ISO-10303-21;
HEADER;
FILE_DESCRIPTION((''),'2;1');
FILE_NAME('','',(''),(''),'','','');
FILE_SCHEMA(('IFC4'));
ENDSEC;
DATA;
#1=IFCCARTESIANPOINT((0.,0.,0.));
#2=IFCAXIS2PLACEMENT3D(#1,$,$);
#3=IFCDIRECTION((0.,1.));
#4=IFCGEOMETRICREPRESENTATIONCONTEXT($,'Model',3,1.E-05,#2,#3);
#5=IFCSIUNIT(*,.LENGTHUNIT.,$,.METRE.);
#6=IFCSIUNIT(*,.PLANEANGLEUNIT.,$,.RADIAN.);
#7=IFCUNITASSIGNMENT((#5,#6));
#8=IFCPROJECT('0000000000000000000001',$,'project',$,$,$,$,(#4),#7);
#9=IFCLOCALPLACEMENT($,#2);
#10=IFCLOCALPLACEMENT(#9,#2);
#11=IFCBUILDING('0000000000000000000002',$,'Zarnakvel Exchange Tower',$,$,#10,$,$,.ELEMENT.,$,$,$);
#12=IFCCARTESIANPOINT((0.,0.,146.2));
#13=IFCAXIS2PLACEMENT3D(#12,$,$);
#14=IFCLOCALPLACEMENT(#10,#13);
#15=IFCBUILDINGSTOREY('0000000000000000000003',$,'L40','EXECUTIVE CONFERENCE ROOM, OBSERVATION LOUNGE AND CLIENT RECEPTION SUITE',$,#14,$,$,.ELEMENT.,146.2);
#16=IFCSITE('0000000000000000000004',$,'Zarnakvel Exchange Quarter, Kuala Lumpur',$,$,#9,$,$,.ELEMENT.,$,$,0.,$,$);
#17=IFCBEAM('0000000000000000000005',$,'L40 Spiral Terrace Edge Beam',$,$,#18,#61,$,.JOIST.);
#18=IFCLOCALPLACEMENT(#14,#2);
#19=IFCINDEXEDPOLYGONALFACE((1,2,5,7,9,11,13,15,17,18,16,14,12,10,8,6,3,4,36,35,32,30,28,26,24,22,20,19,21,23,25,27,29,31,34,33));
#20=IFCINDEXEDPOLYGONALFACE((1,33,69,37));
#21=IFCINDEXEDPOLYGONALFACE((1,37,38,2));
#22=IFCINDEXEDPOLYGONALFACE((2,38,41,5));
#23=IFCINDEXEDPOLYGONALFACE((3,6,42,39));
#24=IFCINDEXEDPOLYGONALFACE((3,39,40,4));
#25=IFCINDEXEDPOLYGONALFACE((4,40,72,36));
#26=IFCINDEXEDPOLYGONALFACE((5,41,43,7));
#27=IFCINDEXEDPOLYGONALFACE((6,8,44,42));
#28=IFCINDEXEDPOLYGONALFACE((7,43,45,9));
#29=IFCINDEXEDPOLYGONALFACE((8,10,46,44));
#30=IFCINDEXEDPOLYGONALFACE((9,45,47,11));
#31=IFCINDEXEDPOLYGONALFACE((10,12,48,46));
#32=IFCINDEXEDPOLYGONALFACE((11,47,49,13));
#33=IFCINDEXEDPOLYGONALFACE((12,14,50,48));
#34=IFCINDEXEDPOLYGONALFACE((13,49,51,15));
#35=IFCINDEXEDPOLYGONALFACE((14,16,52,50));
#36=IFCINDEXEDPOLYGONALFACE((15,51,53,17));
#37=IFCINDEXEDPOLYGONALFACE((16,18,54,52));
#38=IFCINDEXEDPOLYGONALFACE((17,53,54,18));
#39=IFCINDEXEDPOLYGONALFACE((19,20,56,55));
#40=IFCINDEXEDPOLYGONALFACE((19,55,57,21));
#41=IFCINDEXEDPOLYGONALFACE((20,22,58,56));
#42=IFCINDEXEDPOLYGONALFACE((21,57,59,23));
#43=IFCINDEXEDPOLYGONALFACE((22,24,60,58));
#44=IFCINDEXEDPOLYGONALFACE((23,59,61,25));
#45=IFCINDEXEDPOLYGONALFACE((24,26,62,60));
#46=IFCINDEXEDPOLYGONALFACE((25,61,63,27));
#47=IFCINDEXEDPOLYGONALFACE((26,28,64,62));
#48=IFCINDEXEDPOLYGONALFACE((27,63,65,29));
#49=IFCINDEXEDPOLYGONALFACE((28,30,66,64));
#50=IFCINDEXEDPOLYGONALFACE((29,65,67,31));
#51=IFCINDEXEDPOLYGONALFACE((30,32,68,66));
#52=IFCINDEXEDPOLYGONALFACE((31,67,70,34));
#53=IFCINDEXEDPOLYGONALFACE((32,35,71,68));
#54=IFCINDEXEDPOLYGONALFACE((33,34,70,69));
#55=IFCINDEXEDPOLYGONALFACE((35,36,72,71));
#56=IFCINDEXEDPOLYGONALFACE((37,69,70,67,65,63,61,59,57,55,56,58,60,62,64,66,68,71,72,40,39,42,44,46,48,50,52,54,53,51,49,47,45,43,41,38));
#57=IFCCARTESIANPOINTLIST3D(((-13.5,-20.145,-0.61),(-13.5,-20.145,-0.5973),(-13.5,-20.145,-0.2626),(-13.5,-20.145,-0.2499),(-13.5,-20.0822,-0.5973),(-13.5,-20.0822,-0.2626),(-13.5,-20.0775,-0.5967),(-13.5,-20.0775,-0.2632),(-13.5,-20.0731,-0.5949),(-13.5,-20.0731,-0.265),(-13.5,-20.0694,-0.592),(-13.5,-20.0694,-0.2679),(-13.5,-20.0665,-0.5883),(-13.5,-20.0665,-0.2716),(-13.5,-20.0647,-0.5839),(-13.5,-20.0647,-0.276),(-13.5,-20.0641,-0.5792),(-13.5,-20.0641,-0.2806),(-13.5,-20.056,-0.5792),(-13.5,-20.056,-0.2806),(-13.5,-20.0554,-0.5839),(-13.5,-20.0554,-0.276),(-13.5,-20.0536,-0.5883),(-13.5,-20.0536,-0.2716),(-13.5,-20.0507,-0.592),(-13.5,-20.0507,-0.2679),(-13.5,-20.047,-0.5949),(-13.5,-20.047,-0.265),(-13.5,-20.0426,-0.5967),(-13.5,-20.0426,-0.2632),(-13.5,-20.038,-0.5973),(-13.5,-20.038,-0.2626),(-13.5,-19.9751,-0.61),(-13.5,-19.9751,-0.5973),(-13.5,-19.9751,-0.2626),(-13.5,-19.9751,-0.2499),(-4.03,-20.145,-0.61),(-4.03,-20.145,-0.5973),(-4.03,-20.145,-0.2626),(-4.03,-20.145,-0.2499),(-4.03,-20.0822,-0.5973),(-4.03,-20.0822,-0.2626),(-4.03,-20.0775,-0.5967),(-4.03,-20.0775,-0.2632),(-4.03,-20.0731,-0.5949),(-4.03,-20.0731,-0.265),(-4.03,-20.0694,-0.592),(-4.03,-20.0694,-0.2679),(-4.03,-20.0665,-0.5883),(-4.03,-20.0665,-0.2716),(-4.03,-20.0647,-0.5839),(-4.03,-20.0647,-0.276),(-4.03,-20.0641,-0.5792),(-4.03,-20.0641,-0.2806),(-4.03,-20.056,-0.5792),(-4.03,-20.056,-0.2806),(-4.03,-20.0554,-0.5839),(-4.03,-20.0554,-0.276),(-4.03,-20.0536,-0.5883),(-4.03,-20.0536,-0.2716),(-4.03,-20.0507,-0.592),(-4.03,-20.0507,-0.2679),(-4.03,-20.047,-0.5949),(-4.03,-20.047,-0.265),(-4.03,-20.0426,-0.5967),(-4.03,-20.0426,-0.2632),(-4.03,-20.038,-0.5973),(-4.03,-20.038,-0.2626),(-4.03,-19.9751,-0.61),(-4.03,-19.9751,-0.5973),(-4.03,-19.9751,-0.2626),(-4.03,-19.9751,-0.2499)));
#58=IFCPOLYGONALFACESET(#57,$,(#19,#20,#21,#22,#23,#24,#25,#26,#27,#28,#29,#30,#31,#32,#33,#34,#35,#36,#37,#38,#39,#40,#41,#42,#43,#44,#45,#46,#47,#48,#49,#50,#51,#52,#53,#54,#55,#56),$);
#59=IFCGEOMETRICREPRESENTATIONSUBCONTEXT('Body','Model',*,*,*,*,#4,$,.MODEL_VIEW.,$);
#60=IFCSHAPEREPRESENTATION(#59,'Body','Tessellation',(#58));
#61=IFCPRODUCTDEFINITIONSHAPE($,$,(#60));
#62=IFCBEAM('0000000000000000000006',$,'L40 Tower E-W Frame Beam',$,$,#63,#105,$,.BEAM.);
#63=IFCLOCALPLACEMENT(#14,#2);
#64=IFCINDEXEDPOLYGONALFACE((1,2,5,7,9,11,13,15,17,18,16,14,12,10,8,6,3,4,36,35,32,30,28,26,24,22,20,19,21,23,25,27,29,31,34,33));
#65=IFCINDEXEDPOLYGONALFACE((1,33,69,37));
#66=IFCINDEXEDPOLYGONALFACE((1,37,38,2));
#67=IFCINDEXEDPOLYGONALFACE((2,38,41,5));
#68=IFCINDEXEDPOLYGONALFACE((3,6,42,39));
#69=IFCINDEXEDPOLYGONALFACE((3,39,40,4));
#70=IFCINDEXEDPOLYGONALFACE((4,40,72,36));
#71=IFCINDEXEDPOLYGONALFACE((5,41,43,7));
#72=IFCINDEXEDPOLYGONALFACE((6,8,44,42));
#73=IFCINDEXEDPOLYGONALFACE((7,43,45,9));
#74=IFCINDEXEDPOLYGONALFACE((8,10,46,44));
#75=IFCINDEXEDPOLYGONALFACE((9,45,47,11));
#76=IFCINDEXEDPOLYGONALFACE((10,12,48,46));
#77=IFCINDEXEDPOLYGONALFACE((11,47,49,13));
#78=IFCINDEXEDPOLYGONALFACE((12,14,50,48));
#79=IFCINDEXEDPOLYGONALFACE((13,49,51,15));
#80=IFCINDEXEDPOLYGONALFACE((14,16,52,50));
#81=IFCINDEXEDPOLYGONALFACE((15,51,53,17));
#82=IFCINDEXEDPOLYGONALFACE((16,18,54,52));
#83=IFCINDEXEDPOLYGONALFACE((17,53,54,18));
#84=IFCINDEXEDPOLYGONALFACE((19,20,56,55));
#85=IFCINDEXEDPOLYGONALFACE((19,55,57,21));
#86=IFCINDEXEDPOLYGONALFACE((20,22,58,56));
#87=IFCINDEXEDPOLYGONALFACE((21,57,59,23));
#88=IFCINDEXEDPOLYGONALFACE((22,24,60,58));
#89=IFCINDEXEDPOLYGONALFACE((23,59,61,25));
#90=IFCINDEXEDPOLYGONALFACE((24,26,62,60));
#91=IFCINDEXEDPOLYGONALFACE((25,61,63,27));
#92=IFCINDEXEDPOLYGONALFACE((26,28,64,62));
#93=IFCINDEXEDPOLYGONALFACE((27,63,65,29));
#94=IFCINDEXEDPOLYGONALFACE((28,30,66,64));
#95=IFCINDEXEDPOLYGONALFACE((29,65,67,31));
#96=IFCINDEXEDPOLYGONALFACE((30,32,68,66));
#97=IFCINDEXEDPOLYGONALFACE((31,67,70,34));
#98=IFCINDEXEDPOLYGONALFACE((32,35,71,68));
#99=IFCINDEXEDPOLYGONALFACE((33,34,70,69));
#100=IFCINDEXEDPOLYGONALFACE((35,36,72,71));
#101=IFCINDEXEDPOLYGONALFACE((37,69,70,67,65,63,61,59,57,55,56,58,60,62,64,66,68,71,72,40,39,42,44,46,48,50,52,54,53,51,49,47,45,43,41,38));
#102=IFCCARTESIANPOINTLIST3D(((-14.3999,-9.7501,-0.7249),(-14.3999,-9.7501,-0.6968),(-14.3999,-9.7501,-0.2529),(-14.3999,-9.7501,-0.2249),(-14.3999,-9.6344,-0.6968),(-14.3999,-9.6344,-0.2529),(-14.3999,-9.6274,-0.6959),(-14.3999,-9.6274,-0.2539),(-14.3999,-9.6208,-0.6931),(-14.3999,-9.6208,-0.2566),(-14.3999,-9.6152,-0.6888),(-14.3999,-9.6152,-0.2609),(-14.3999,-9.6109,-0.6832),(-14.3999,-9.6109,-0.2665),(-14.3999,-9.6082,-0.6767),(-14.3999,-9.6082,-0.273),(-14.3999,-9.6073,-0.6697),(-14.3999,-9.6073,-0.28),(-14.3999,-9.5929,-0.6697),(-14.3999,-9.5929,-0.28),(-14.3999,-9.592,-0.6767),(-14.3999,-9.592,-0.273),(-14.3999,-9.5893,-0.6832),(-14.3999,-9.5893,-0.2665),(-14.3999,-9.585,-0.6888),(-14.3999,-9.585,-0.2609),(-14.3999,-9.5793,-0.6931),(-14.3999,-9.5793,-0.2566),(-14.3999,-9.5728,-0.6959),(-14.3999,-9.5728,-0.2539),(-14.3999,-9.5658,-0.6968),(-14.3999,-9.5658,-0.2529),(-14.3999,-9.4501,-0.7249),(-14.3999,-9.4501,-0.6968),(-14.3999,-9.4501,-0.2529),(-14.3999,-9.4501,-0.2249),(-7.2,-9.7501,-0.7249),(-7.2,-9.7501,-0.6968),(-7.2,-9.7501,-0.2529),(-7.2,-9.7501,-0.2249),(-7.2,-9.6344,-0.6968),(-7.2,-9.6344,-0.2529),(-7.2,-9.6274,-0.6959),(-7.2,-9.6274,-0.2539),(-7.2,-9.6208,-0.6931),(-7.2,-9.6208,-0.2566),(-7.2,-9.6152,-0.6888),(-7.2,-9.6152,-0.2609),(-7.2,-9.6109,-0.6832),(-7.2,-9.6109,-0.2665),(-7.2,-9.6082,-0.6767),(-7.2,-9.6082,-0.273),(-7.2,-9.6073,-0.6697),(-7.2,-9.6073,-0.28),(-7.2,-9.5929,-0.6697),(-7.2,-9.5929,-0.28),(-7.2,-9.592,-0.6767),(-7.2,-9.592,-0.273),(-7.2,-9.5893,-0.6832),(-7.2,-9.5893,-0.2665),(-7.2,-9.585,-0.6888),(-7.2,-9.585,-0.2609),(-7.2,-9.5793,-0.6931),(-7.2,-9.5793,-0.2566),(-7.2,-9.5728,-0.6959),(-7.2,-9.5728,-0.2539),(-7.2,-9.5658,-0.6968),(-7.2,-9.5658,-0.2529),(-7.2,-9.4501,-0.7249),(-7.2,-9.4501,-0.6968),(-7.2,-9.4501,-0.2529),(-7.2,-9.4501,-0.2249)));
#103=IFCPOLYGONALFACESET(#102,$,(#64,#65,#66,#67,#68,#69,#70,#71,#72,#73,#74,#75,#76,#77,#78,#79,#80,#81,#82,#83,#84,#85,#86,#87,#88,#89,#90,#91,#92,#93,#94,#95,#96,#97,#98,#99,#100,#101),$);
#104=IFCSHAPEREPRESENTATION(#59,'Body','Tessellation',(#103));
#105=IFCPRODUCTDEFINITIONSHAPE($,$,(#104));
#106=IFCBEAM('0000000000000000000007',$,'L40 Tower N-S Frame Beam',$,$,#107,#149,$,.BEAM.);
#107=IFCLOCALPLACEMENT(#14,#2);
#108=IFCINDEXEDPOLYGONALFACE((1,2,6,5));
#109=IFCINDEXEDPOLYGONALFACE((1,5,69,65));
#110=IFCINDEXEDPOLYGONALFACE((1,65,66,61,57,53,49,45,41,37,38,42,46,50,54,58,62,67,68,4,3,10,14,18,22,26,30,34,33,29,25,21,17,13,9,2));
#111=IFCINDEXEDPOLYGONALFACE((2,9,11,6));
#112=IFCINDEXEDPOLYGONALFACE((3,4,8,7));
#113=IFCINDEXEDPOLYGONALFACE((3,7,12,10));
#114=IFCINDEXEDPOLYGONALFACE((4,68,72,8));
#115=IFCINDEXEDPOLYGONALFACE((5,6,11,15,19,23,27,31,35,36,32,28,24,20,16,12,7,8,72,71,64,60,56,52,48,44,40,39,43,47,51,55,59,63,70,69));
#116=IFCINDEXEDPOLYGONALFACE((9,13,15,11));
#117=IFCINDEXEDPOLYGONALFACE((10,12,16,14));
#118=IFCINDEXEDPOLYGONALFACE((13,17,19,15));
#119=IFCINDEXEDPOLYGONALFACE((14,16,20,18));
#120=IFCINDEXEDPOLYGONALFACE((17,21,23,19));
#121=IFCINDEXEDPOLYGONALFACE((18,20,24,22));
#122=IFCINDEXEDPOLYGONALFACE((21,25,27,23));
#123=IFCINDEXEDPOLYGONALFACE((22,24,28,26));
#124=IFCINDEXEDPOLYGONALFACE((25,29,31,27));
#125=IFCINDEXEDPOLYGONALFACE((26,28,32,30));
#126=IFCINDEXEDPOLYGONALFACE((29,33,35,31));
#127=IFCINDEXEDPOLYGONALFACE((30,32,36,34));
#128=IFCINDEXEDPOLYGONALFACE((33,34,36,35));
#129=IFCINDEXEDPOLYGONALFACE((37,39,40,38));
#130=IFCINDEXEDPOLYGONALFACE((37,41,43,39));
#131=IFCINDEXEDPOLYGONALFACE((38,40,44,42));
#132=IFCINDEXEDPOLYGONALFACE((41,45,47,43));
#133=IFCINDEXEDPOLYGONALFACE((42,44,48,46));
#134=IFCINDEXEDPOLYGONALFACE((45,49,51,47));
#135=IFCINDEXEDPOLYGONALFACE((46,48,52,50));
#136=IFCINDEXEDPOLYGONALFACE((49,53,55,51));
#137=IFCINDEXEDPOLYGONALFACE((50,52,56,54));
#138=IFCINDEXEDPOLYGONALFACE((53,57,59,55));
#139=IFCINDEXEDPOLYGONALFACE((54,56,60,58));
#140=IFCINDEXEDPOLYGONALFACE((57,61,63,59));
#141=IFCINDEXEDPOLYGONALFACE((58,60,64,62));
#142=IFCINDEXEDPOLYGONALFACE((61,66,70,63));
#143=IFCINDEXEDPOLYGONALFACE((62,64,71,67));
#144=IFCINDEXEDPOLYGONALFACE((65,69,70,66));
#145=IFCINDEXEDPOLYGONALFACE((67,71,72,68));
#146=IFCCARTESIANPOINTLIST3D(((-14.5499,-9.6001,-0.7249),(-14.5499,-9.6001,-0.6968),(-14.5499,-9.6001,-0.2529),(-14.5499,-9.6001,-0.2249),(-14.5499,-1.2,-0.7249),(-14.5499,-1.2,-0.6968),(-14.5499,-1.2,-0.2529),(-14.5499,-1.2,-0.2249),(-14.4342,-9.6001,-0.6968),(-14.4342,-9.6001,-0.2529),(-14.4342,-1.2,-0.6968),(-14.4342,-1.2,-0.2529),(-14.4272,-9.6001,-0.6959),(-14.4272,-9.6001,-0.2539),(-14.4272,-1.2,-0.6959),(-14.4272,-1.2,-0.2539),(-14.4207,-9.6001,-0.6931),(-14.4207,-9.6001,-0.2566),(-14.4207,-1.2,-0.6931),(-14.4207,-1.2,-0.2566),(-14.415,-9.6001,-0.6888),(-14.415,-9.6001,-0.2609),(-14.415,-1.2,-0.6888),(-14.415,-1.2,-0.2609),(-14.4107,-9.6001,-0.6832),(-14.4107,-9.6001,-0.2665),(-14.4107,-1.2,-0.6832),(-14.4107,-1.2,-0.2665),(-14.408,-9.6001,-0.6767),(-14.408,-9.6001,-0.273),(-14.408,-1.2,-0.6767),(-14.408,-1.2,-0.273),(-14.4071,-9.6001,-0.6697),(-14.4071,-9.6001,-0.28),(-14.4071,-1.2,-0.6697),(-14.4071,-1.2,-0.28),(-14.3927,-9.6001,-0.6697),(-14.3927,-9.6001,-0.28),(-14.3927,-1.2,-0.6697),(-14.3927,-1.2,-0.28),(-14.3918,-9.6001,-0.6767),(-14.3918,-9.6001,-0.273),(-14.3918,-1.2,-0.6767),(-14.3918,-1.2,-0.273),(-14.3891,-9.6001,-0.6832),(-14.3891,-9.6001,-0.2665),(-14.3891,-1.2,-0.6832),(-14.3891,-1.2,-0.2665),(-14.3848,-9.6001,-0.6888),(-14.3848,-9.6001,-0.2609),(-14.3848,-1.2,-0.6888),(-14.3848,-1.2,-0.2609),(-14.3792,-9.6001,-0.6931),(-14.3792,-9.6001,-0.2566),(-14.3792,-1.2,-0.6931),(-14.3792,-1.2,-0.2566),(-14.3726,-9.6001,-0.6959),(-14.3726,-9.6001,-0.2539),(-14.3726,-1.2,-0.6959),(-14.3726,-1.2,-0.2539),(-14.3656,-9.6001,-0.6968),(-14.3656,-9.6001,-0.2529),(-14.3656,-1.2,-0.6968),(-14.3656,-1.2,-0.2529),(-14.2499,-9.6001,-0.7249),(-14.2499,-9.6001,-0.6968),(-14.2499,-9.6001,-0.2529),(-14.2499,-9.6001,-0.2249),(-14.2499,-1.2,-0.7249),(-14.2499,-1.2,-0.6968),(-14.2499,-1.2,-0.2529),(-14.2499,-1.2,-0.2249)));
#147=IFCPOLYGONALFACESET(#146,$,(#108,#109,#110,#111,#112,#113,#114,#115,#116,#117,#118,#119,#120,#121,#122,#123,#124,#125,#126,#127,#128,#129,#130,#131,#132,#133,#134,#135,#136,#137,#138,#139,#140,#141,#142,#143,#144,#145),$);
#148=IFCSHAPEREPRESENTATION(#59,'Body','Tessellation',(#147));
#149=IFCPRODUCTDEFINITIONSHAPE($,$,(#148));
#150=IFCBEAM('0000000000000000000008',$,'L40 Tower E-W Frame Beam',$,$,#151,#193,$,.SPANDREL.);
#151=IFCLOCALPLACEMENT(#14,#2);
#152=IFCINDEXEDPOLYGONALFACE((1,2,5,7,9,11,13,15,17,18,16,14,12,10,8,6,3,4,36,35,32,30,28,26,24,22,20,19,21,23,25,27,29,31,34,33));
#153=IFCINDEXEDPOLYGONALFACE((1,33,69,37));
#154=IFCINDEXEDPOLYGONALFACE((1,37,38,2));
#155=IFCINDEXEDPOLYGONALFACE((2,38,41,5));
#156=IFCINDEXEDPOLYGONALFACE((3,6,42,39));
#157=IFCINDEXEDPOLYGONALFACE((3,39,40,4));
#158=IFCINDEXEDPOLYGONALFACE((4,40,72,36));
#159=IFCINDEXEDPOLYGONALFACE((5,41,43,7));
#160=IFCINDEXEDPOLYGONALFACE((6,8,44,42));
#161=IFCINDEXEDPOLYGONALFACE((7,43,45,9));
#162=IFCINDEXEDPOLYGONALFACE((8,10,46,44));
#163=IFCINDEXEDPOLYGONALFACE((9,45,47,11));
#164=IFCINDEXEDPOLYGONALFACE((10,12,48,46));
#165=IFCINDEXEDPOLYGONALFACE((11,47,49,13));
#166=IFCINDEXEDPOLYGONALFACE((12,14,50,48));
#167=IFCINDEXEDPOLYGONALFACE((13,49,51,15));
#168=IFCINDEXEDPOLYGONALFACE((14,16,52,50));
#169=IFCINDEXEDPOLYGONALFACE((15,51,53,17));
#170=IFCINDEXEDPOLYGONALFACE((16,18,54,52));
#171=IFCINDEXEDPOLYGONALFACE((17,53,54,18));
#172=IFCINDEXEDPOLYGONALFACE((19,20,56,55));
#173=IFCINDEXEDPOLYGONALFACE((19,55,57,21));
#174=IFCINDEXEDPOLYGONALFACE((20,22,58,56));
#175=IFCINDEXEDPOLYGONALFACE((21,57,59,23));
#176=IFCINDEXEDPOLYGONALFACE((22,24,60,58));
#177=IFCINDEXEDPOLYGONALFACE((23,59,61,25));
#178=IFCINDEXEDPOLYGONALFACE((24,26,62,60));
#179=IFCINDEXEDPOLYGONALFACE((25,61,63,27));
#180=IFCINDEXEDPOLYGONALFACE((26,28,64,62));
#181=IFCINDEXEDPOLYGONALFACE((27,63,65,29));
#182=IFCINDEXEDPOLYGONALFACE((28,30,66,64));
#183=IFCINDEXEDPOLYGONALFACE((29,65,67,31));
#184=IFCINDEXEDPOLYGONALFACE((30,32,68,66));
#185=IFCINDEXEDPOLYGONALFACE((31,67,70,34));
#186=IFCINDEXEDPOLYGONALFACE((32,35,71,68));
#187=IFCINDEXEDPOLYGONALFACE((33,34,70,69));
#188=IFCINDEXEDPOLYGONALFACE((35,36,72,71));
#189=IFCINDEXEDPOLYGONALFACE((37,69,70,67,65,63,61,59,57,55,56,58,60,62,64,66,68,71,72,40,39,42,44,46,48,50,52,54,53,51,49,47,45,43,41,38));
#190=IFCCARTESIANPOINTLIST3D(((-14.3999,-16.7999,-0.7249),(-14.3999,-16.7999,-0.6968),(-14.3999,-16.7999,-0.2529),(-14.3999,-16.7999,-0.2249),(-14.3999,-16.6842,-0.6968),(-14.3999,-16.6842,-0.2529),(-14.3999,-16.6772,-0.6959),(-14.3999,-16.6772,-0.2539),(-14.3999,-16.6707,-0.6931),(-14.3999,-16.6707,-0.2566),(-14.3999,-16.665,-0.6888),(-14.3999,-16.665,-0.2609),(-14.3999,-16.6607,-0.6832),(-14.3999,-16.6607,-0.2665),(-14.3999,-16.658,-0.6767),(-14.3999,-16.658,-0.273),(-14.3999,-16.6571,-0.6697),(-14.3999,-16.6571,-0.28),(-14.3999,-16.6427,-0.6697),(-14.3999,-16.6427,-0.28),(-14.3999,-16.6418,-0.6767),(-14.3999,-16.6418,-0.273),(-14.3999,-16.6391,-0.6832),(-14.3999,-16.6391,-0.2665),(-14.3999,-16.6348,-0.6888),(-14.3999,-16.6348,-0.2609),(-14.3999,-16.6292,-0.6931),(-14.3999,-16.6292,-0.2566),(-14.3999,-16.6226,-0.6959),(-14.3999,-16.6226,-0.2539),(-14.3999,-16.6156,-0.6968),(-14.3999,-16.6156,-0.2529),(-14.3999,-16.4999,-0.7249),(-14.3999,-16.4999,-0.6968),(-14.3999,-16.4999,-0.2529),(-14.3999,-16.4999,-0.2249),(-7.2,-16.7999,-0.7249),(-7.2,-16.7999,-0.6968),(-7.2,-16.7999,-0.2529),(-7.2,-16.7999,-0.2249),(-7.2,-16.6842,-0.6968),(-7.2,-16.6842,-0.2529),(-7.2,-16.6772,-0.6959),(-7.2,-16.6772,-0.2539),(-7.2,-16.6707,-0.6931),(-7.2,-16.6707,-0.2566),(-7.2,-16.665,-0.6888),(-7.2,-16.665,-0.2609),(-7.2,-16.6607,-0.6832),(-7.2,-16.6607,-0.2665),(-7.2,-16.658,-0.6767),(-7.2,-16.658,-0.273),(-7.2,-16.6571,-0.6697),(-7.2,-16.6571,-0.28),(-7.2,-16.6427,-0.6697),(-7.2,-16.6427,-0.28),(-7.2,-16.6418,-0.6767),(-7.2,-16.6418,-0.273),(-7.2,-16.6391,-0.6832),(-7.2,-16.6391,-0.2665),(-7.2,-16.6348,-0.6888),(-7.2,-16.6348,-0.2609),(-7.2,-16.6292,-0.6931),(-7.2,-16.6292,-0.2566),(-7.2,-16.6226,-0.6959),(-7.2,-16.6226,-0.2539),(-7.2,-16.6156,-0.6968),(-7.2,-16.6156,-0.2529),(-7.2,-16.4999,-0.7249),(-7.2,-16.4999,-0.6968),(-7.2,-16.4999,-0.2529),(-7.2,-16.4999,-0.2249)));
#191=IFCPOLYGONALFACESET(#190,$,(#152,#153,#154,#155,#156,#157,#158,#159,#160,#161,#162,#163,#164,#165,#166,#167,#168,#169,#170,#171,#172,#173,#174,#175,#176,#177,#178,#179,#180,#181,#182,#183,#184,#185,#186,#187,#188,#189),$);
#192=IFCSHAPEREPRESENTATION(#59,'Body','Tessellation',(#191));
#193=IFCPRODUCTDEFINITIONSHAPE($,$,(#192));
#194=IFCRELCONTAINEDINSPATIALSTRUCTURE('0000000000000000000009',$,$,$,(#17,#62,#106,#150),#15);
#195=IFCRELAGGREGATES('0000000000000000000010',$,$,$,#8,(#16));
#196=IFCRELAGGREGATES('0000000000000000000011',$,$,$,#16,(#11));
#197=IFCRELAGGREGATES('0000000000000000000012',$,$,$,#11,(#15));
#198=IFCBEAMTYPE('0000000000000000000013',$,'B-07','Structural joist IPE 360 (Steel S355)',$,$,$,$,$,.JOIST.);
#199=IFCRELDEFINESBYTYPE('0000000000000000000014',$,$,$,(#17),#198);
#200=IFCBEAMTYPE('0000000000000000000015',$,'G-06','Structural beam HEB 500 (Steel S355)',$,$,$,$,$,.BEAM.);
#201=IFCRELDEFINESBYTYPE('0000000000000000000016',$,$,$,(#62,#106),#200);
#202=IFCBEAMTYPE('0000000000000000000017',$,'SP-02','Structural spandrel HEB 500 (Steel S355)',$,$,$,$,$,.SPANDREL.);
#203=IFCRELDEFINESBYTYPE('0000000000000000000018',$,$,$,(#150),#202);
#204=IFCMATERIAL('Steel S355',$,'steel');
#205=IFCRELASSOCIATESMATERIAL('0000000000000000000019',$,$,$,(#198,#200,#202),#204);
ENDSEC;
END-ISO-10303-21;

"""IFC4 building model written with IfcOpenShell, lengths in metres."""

from ifc_helpers import new_model, si_unit, direction, frame, origin, origin_2d, place, context, subcontext, project, spatial, i_section, extrude, material, material_profile, profile_set, type_object, element, save


model = new_model("IFC4")

# Units and contexts
model_context = context("Model", 3, precision=1e-05, world=origin(), true_north=direction((0.0, 1.0)))
body_context = subcontext(model_context, "Body", "Model", "MODEL_VIEW")
ifc_project = project(units=[si_unit("LENGTHUNIT", "METRE"), si_unit("PLANEANGLEUNIT", "RADIAN")], contexts=[model_context])

# Site, building, storey
site_placement = place(None, origin())
site = spatial("IfcSite", under=ifc_project, at=site_placement, Name="Zarnakvel Exchange Quarter, Kuala Lumpur", CompositionType="ELEMENT", RefElevation=0.0)
building_placement = place(site_placement, origin())
building = spatial("IfcBuilding", under=site, at=building_placement, Name="Zarnakvel Exchange Tower", CompositionType="ELEMENT")
storey_placement = place(building_placement, frame((0.0, 0.0, 146.2)))
storey = spatial("IfcBuildingStorey", under=building, at=storey_placement, Name="L40", Description="EXECUTIVE CONFERENCE ROOM, OBSERVATION LOUNGE AND CLIENT RECEPTION SUITE", CompositionType="ELEMENT", Elevation=146.2)

# Shared definitions
ifc_material_1 = material(Name="Steel S355", Category="steel")

# Beams
ifc_material_profile_1 = material_profile(ifc_material_1, i_section(OverallWidth=0.1699, OverallDepth=0.3601, WebThickness=0.0081, FlangeThickness=0.0127, FilletRadius=0.0181, at=origin_2d()))
ifc_profile_set_1 = profile_set([ifc_material_profile_1], Name="Steel S355")
beam_type_1 = type_object("IfcBeamType", Name="B-07", Description="Structural joist IPE 360 (Steel S355)", PredefinedType="JOIST", material=ifc_profile_set_1)
beam_1_placement = place(storey_placement, frame((-13.5, -20.0601, -0.4299), z_axis=(1.0, 0.0, 0.0), x_axis=(0.0, 1.0, 0.0)))
element("IfcBeam", 1, at=beam_1_placement, inside=storey, type_object=beam_type_1, Name="L40 Spiral Terrace Edge Beam", PredefinedType="JOIST", context=body_context, shape_type="SweptSolid", body=[
    extrude(i_section(OverallWidth=0.1699, OverallDepth=0.3601, WebThickness=0.0081, FlangeThickness=0.0127, FilletRadius=0.0181, at=origin_2d()), origin(), (0.0, 0.0, 1.0), 9.47),
])
ifc_material_profile_2 = material_profile(ifc_material_1, i_section(OverallWidth=0.3, OverallDepth=0.5, WebThickness=0.0144, FlangeThickness=0.0281, FilletRadius=0.0271, at=origin_2d()))
ifc_profile_set_2 = profile_set([ifc_material_profile_2], Name="Steel S355")
beam_type_2 = type_object("IfcBeamType", Name="G-06", Description="Structural beam HEB 500 (Steel S355)", PredefinedType="BEAM", material=ifc_profile_set_2)
beam_2_placement = place(storey_placement, frame((-14.3999, -9.6001, -0.4749), z_axis=(1.0, 0.0, 0.0), x_axis=(0.0, 1.0, 0.0)))
element("IfcBeam", 2, at=beam_2_placement, inside=storey, type_object=beam_type_2, Name="L40 Tower E-W Frame Beam", PredefinedType="BEAM", context=body_context, shape_type="SweptSolid", body=[
    extrude(i_section(OverallWidth=0.3, OverallDepth=0.5, WebThickness=0.0144, FlangeThickness=0.0281, FilletRadius=0.0271, at=origin_2d()), origin(), (0.0, 0.0, 1.0), 7.2),
])
beam_3_placement = place(storey_placement, frame((-14.3999, -9.6001, -0.4749), z_axis=(0.0, 1.0, 0.0), x_axis=(-1.0, 0.0, 0.0)))
element("IfcBeam", 3, at=beam_3_placement, inside=storey, type_object=beam_type_2, Name="L40 Tower N-S Frame Beam", PredefinedType="BEAM", context=body_context, shape_type="SweptSolid", body=[
    extrude(i_section(OverallWidth=0.3, OverallDepth=0.5, WebThickness=0.0144, FlangeThickness=0.0281, FilletRadius=0.0271, at=origin_2d()), origin(), (0.0, 0.0, 1.0), 8.4001),
])
ifc_material_profile_3 = material_profile(ifc_material_1, i_section(OverallWidth=0.3, OverallDepth=0.5, WebThickness=0.0144, FlangeThickness=0.0281, FilletRadius=0.0271, at=origin_2d()))
ifc_profile_set_3 = profile_set([ifc_material_profile_3], Name="Steel S355")
beam_type_3 = type_object("IfcBeamType", Name="SP-02", Description="Structural spandrel HEB 500 (Steel S355)", PredefinedType="SPANDREL", material=ifc_profile_set_3)
beam_4_placement = place(storey_placement, frame((-14.3999, -16.6499, -0.4749), z_axis=(1.0, 0.0, 0.0), x_axis=(0.0, 1.0, 0.0)))
element("IfcBeam", 4, at=beam_4_placement, inside=storey, type_object=beam_type_3, Name="L40 Tower E-W Frame Beam", PredefinedType="SPANDREL", context=body_context, shape_type="SweptSolid", body=[
    extrude(i_section(OverallWidth=0.3, OverallDepth=0.5, WebThickness=0.0144, FlangeThickness=0.0281, FilletRadius=0.0271, at=origin_2d()), origin(), (0.0, 0.0, 1.0), 7.2),
])

save(model, "model.ifc")
